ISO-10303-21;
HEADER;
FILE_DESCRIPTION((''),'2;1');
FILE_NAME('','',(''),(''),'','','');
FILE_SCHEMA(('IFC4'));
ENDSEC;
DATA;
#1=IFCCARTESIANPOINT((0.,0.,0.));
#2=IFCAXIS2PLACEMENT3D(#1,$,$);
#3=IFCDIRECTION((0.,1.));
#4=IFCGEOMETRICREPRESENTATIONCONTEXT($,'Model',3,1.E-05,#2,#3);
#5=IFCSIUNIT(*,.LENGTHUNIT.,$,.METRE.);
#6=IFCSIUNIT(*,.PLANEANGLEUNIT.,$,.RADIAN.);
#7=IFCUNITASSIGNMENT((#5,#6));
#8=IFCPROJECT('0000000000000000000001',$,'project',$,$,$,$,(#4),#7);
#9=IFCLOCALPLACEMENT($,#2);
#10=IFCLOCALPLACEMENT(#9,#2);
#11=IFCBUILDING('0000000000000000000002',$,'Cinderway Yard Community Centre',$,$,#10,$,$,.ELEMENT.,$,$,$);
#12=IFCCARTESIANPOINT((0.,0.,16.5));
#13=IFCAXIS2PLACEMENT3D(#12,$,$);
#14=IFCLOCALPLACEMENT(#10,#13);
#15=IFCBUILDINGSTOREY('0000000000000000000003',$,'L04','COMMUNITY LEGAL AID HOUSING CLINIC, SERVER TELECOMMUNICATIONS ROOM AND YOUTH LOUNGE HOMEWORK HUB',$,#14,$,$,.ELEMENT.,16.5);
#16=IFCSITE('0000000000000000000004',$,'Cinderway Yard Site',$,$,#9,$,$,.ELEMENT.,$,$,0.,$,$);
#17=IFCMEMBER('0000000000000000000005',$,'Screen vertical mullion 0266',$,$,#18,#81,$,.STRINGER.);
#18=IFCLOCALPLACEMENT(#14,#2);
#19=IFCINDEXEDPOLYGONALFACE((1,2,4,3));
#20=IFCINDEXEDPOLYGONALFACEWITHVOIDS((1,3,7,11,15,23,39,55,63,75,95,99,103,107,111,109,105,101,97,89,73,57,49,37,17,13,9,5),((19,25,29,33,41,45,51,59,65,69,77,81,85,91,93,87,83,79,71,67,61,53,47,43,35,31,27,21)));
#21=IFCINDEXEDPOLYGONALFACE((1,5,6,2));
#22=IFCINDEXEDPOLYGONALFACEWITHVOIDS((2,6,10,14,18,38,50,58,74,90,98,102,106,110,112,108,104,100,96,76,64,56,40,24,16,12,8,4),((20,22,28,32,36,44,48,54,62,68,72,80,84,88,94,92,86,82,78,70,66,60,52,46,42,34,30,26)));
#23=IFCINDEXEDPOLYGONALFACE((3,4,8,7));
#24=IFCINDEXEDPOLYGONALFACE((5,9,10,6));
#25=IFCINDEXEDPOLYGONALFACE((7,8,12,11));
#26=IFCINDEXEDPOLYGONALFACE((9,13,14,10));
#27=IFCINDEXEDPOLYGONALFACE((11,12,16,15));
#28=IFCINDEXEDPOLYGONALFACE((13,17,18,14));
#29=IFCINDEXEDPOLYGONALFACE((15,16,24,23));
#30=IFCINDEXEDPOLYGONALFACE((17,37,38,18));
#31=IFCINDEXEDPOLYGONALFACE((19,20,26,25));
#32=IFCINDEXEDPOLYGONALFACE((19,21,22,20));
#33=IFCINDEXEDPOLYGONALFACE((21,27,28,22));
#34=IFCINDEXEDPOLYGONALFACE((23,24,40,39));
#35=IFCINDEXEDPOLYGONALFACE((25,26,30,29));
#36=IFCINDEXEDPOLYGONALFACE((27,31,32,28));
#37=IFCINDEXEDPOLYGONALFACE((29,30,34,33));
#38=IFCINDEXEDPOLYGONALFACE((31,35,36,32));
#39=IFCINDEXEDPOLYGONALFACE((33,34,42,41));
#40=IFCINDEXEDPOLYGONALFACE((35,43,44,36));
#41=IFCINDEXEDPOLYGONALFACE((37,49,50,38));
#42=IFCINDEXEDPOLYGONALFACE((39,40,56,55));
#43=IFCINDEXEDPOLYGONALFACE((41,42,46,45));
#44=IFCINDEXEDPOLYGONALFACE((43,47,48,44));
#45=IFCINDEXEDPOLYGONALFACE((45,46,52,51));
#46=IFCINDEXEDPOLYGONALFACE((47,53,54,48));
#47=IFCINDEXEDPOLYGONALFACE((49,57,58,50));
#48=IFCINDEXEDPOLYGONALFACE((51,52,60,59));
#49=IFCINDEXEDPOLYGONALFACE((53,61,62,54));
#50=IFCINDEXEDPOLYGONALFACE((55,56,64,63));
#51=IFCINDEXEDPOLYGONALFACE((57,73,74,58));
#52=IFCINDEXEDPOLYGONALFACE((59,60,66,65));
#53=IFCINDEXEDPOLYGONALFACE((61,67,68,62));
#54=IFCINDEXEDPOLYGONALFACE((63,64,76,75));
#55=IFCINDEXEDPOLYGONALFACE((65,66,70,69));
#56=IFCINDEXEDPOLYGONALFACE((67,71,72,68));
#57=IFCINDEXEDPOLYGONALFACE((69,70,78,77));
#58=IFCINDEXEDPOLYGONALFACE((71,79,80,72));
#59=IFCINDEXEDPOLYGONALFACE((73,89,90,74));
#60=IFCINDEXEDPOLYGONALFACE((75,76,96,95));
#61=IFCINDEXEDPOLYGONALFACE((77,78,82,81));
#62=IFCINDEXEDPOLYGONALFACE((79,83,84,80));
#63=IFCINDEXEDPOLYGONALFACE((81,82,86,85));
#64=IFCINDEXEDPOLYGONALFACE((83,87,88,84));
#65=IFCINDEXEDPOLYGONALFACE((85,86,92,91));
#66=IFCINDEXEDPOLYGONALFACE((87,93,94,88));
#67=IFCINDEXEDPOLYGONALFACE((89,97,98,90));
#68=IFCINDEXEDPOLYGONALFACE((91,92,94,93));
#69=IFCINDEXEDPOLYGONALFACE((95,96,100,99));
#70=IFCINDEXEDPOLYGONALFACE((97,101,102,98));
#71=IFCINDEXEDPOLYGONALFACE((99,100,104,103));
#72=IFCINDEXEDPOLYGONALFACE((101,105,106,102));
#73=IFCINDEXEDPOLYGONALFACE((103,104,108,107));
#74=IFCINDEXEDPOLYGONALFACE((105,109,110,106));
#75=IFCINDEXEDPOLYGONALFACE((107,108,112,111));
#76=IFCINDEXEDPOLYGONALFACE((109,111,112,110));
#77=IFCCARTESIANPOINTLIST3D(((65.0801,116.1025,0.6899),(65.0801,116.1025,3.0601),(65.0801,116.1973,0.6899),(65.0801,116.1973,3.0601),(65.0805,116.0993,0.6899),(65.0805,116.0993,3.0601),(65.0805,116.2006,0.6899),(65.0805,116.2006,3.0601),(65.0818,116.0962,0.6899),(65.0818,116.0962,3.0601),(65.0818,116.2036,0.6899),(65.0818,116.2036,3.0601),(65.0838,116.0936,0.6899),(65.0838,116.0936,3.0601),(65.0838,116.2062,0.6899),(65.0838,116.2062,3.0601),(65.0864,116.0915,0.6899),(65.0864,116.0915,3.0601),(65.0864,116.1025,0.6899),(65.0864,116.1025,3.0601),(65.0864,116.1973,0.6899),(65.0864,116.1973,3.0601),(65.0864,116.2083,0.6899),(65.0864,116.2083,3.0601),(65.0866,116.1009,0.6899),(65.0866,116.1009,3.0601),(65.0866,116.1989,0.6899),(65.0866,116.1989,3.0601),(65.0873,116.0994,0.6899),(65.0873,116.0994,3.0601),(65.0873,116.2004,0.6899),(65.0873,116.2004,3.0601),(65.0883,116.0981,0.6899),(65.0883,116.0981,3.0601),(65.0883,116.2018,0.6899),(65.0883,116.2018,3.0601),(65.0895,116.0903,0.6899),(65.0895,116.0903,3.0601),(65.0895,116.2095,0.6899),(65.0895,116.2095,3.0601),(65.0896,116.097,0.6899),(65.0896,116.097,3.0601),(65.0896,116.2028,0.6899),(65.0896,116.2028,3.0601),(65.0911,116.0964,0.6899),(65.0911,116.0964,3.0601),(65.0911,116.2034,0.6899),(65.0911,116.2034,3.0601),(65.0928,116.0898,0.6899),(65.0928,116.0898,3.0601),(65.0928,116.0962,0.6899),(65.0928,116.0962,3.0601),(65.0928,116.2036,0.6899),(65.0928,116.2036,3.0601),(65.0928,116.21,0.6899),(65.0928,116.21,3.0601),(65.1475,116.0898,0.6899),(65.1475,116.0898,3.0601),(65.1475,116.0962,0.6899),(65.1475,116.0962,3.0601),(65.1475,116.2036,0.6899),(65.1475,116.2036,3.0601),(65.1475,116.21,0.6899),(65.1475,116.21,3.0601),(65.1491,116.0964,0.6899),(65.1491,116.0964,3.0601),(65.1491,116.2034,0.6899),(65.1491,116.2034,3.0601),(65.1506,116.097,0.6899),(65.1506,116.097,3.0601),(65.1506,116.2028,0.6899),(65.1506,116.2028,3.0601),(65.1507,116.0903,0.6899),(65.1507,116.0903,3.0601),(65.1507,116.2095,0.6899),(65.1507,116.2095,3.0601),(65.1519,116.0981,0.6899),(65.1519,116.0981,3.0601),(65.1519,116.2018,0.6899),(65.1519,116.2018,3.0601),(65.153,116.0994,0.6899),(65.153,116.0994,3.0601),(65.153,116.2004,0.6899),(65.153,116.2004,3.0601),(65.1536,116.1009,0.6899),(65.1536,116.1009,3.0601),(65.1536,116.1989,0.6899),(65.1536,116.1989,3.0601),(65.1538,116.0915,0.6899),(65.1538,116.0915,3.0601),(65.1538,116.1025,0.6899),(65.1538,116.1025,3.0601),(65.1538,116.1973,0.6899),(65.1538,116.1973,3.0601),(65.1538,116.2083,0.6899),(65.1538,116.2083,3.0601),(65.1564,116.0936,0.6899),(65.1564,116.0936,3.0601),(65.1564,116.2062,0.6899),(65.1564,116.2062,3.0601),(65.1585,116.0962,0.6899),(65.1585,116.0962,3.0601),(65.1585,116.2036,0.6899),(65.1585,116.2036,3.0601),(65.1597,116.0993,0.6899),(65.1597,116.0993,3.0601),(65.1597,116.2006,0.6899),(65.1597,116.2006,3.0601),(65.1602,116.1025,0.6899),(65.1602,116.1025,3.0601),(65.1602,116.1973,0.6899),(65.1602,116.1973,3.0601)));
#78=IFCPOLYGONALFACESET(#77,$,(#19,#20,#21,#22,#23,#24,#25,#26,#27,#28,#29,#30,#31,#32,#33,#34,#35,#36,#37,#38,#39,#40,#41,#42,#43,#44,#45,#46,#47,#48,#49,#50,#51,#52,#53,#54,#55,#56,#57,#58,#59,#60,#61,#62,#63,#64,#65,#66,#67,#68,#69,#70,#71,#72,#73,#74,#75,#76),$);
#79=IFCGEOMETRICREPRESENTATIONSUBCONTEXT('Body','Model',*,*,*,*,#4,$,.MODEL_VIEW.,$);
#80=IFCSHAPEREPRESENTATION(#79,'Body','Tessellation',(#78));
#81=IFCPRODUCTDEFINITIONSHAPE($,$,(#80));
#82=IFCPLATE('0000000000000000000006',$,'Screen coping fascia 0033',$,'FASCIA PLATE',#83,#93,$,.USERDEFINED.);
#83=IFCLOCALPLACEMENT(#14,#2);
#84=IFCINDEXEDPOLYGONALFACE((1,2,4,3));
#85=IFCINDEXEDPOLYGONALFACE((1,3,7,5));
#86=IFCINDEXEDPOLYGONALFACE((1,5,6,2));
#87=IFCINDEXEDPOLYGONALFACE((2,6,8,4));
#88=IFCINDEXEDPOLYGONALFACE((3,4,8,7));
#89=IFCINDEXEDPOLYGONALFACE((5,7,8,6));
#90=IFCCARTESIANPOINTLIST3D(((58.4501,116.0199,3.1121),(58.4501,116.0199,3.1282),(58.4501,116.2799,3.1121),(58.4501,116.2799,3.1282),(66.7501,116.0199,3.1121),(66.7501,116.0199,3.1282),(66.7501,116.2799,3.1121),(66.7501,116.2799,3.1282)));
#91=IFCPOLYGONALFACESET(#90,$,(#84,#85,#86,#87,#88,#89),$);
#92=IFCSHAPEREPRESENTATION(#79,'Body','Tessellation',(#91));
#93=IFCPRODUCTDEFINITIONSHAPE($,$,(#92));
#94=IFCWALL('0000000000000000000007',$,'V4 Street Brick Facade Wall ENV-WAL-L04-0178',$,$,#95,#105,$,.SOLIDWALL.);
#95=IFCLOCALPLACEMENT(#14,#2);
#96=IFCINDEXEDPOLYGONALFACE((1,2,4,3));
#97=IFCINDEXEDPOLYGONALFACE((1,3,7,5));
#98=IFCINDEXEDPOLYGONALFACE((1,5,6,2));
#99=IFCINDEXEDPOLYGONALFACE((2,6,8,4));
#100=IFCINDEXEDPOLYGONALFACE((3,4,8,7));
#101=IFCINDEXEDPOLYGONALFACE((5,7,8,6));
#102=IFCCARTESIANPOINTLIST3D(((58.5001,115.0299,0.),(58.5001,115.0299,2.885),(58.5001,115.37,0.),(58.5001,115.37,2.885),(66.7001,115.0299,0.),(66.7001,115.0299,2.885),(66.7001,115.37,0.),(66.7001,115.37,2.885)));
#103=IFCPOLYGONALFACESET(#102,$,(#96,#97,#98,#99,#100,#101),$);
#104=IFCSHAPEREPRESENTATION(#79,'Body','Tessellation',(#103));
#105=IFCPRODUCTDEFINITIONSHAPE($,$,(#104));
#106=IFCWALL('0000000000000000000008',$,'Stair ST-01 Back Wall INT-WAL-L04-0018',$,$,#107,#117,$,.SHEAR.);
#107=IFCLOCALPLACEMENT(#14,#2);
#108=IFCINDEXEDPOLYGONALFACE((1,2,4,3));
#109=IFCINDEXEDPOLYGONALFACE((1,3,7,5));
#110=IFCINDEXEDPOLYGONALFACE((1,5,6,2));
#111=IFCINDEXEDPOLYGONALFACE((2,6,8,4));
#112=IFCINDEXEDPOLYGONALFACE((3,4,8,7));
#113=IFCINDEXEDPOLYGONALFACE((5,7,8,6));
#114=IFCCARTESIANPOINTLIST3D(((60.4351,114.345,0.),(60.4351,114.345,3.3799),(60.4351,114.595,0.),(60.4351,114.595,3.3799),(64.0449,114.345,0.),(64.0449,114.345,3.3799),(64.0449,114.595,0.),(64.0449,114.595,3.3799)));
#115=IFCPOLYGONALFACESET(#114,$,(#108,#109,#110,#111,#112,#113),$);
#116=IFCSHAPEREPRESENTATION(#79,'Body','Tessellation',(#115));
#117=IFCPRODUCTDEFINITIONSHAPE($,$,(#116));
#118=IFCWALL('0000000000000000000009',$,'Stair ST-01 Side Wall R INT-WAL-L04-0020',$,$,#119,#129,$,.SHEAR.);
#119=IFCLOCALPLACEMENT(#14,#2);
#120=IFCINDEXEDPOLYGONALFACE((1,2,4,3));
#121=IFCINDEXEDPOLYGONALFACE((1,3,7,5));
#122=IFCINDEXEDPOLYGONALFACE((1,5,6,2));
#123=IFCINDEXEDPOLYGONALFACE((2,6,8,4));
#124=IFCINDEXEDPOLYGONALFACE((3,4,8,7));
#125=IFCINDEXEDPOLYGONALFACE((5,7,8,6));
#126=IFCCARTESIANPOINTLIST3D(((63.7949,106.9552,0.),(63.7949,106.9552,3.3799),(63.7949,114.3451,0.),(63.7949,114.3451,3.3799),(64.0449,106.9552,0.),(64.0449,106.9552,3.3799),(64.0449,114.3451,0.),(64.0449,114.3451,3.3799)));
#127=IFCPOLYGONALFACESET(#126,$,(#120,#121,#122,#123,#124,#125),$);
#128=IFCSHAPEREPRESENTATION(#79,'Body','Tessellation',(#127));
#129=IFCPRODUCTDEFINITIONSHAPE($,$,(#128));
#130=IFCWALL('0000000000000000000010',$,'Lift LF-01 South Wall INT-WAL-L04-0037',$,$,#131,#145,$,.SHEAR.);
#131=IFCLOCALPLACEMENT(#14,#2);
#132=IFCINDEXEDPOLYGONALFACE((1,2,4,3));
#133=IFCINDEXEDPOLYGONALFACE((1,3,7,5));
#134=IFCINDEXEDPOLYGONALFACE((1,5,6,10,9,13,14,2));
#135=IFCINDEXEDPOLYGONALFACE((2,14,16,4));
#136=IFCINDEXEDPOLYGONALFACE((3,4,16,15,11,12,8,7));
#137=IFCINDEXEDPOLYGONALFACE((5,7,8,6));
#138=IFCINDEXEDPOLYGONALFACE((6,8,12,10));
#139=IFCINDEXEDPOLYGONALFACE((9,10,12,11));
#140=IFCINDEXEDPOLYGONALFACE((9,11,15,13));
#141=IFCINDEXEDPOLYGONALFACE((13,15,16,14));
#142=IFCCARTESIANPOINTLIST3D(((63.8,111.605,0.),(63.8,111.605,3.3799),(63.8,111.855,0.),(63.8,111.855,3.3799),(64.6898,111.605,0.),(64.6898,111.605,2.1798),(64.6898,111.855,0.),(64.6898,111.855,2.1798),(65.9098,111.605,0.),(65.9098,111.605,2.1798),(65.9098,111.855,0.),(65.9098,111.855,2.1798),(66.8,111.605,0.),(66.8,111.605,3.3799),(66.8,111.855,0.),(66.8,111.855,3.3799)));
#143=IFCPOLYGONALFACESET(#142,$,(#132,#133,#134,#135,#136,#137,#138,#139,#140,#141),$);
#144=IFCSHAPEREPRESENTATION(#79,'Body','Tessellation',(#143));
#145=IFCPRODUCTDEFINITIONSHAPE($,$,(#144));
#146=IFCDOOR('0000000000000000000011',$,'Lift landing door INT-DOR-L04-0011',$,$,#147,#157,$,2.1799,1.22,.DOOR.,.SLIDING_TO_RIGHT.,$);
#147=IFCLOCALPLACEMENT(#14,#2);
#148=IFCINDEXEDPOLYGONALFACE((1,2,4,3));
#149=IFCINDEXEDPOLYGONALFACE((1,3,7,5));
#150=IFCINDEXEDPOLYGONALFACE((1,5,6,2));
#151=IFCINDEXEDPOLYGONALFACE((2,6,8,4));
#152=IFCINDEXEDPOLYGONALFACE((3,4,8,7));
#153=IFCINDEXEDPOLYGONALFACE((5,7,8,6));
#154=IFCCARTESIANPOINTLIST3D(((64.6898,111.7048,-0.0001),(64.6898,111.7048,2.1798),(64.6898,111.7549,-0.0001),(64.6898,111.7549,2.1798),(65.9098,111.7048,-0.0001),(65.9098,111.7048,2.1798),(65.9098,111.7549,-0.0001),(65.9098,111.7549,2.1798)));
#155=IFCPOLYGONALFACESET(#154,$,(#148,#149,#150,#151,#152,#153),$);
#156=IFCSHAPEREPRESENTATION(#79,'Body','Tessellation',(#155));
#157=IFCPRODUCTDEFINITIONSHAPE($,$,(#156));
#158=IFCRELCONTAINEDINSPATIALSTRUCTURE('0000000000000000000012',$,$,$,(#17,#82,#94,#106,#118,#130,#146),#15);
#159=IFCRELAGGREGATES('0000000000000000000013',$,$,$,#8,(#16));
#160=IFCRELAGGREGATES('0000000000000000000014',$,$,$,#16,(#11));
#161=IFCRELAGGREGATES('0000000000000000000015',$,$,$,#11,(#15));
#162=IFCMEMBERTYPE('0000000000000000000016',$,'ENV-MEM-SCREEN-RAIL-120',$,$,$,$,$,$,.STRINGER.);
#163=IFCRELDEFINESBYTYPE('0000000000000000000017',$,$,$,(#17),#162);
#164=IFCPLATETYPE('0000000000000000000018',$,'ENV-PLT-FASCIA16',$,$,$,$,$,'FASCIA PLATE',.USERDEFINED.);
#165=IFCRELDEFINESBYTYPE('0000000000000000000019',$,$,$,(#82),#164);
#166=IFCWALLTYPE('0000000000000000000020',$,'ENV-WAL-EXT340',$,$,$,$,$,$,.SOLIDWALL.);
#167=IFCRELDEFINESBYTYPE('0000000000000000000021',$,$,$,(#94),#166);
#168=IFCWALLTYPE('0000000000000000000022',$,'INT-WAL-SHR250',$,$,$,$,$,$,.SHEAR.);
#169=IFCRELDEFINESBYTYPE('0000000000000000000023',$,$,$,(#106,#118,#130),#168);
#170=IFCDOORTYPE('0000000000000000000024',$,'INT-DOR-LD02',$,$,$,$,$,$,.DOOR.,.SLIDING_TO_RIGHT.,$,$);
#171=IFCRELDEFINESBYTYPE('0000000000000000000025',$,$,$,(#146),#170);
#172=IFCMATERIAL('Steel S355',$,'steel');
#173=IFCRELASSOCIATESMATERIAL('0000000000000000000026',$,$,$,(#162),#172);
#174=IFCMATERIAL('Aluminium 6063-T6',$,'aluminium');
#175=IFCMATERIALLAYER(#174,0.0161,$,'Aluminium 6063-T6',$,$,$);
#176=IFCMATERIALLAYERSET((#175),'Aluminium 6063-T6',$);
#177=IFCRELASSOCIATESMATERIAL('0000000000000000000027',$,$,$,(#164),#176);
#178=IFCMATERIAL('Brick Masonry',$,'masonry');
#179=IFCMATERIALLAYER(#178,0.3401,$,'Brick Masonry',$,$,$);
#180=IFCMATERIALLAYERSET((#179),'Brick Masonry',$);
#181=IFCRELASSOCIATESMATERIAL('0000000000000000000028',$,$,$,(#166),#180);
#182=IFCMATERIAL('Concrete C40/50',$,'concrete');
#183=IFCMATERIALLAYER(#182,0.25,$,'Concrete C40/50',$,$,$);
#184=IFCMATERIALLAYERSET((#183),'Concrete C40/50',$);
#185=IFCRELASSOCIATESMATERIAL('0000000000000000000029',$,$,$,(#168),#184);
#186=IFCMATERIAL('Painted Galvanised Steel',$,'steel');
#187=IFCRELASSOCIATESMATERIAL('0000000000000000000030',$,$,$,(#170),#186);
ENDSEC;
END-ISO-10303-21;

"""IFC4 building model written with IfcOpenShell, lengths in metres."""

from ifc_helpers import new_model, si_unit, direction, frame, frame_2d, origin, origin_2d, place, context, subcontext, project, spatial, rectangle, hollow_rectangle, extrude, material, layer, layer_set, material_profile, profile_set, type_object, element, fill, save


model = new_model("IFC4")

# Units and contexts
model_context = context("Model", 3, precision=1e-05, world=origin(), true_north=direction((0.0, 1.0)))
body_context = subcontext(model_context, "Body", "Model", "MODEL_VIEW")
ifc_project = project(units=[si_unit("LENGTHUNIT", "METRE"), si_unit("PLANEANGLEUNIT", "RADIAN")], contexts=[model_context])

# Site, building, storey
site_placement = place(None, origin())
site = spatial("IfcSite", under=ifc_project, at=site_placement, Name="Cinderway Yard Site", CompositionType="ELEMENT", RefElevation=0.0)
building_placement = place(site_placement, origin())
building = spatial("IfcBuilding", under=site, at=building_placement, Name="Cinderway Yard Community Centre", CompositionType="ELEMENT")
storey_placement = place(building_placement, frame((0.0, 0.0, 16.5)))
storey = spatial("IfcBuildingStorey", under=building, at=storey_placement, Name="L04", Description="COMMUNITY LEGAL AID HOUSING CLINIC, SERVER TELECOMMUNICATIONS ROOM AND YOUTH LOUNGE HOMEWORK HUB", CompositionType="ELEMENT", Elevation=16.5)

# Member
ifc_material_1 = material(Name="Steel S355", Category="steel")
ifc_material_profile = material_profile(ifc_material_1, hollow_rectangle(XDim=0.0801, YDim=0.1201, WallThickness=0.0063, InnerFilletRadius=0.0063, OuterFilletRadius=0.0127, at=origin_2d()), Name="Steel S355")
ifc_profile_set = profile_set([ifc_material_profile], Name="Steel S355")
member_type = type_object("IfcMemberType", Name="ENV-MEM-SCREEN-RAIL-120", PredefinedType="STRINGER", material=ifc_profile_set)
for number, where, z_axis, x_axis, name in (
    (1, (65.1201, 116.1499, 0.6899), (0.0, 0.0, 1.0), (1.0, 0.0, 0.0), "Screen vertical mullion 0266"),
):
    element("IfcMember", number, at=place(storey_placement, frame(where, z_axis=z_axis, x_axis=x_axis)), inside=storey, type_object=member_type, Name=name, PredefinedType="STRINGER", context=body_context, shape_type="SweptSolid", body=[
        extrude(hollow_rectangle(XDim=0.0801, YDim=0.1201, WallThickness=0.0063, InnerFilletRadius=0.0063, OuterFilletRadius=0.0127, at=origin_2d()), origin(), (0.0, 0.0, 1.0), 2.3701),
    ])

# Plate
ifc_material_2 = material(Name="Aluminium 6063-T6", Category="aluminium")
ifc_layer_1 = layer(ifc_material_2, 0.0161, Name="Aluminium 6063-T6")
ifc_layer_set_1 = layer_set([ifc_layer_1], Name="Aluminium 6063-T6")
plate_type = type_object("IfcPlateType", Name="ENV-PLT-FASCIA16", ElementType="FASCIA PLATE", PredefinedType="USERDEFINED", material=ifc_layer_set_1)
plate_placement = place(storey_placement, frame((62.6001, 116.1499, 3.1121), z_axis=(0.0, 0.0, 1.0), x_axis=(1.0, 0.0, 0.0)))
element("IfcPlate", 2, at=plate_placement, inside=storey, type_object=plate_type, Name="Screen coping fascia 0033", ObjectType="FASCIA PLATE", PredefinedType="USERDEFINED", context=body_context, shape_type="SweptSolid", body=[
    extrude(rectangle(XDim=8.3, YDim=0.26, at=origin_2d()), origin(), (0.0, 0.0, 1.0), 0.0161),
])

# Walls
ifc_material_3 = material(Name="Brick Masonry", Category="masonry")
ifc_layer_2 = layer(ifc_material_3, 0.3401, Name="Brick Masonry")
ifc_layer_set_2 = layer_set([ifc_layer_2], Name="Brick Masonry")
wall_type_1 = type_object("IfcWallType", Name="ENV-WAL-EXT340", PredefinedType="SOLIDWALL", material=ifc_layer_set_2)
wall_1_placement = place(storey_placement, frame((58.5, 115.2, 0.0), z_axis=(0.0, 0.0, 1.0), x_axis=(1.0, 0.0, 0.0)))
element("IfcWall", 3, at=wall_1_placement, inside=storey, type_object=wall_type_1, Name="V4 Street Brick Facade Wall ENV-WAL-L04-0178", PredefinedType="SOLIDWALL", context=body_context, shape_type="SweptSolid", body=[
    extrude(rectangle(XDim=8.2, YDim=0.3401, at=frame_2d((4.1001, 0.0))), origin(), (0.0, 0.0, 1.0), 2.885),
])
ifc_material_4 = material(Name="Concrete C40/50", Category="concrete")
ifc_layer_3 = layer(ifc_material_4, 0.25, Name="Concrete C40/50")
ifc_layer_set_3 = layer_set([ifc_layer_3], Name="Concrete C40/50")
wall_type_2 = type_object("IfcWallType", Name="INT-WAL-SHR250", PredefinedType="SHEAR", material=ifc_layer_set_3)
wall_2_placement = place(storey_placement, frame((60.4351, 114.47, 0.0), z_axis=(0.0, 0.0, 1.0), x_axis=(1.0, 0.0, 0.0)))
element("IfcWall", 4, at=wall_2_placement, inside=storey, type_object=wall_type_2, Name="Stair ST-01 Back Wall INT-WAL-L04-0018", PredefinedType="SHEAR", context=body_context, shape_type="SweptSolid", body=[
    extrude(rectangle(XDim=3.6099, YDim=0.25, at=frame_2d((1.8049, 0.0))), origin(), (0.0, 0.0, 1.0), 3.3799),
])
wall_3_placement = place(storey_placement, frame((63.9199, 114.345, 0.0), z_axis=(0.0, 0.0, 1.0), x_axis=(0.0, -1.0, 0.0)))
element("IfcWall", 5, at=wall_3_placement, inside=storey, type_object=wall_type_2, Name="Stair ST-01 Side Wall R INT-WAL-L04-0020", PredefinedType="SHEAR", context=body_context, shape_type="SweptSolid", body=[
    extrude(rectangle(XDim=7.3899, YDim=0.25, at=frame_2d((3.6948, 0.0))), origin(), (0.0, 0.0, 1.0), 3.3799),
])

# Wall, opening, door
wall_4_placement = place(storey_placement, frame((63.8, 111.73, 0.0), z_axis=(0.0, 0.0, 1.0), x_axis=(1.0, 0.0, 0.0)))
wall_4 = element("IfcWall", 6, at=wall_4_placement, inside=storey, type_object=wall_type_2, Name="Lift LF-01 South Wall INT-WAL-L04-0037", PredefinedType="SHEAR", context=body_context, shape_type="SweptSolid", body=[
    extrude(rectangle(XDim=3.0, YDim=0.25, at=frame_2d((1.5, 0.0))), origin(), (0.0, 0.0, 1.0), 3.3799),
])
opening_placement = place(wall_4_placement, frame((0.8899, 0.0, 0.0)))
opening = element("IfcOpeningElement", 7, at=opening_placement, cuts=wall_4, PredefinedType="OPENING", context=body_context, shape_type="SweptSolid", body=[
    extrude(rectangle(XDim=1.22, YDim=2.1799, at=frame_2d((0.6099, 1.0898))), frame((0.0, 0.135, 0.0), z_axis=(0.0, -1.0, 0.0), x_axis=(1.0, 0.0, 0.0)), (0.0, 0.0, 1.0), 0.27),
])
ifc_material_5 = material(Name="Painted Galvanised Steel", Category="steel")
door_type = type_object("IfcDoorType", Name="INT-DOR-LD02", OperationType="SLIDING_TO_RIGHT", PredefinedType="DOOR", material=ifc_material_5)
door_placement = place(opening_placement, origin())
door = element("IfcDoor", 8, at=door_placement, inside=storey, type_object=door_type, Name="Lift landing door INT-DOR-L04-0011", OperationType="SLIDING_TO_RIGHT", OverallHeight=2.1799, OverallWidth=1.22, PredefinedType="DOOR", context=body_context, shape_type="SweptSolid", body=[
    extrude(rectangle(XDim=1.22, YDim=2.1799, at=frame_2d((0.6099, 1.0898))), frame((0.0, 0.0249, 0.0), z_axis=(0.0, -1.0, 0.0), x_axis=(1.0, 0.0, 0.0)), (0.0, 0.0, 1.0), 0.05),
])
fill(opening, door)

save(model, "model.ifc")
